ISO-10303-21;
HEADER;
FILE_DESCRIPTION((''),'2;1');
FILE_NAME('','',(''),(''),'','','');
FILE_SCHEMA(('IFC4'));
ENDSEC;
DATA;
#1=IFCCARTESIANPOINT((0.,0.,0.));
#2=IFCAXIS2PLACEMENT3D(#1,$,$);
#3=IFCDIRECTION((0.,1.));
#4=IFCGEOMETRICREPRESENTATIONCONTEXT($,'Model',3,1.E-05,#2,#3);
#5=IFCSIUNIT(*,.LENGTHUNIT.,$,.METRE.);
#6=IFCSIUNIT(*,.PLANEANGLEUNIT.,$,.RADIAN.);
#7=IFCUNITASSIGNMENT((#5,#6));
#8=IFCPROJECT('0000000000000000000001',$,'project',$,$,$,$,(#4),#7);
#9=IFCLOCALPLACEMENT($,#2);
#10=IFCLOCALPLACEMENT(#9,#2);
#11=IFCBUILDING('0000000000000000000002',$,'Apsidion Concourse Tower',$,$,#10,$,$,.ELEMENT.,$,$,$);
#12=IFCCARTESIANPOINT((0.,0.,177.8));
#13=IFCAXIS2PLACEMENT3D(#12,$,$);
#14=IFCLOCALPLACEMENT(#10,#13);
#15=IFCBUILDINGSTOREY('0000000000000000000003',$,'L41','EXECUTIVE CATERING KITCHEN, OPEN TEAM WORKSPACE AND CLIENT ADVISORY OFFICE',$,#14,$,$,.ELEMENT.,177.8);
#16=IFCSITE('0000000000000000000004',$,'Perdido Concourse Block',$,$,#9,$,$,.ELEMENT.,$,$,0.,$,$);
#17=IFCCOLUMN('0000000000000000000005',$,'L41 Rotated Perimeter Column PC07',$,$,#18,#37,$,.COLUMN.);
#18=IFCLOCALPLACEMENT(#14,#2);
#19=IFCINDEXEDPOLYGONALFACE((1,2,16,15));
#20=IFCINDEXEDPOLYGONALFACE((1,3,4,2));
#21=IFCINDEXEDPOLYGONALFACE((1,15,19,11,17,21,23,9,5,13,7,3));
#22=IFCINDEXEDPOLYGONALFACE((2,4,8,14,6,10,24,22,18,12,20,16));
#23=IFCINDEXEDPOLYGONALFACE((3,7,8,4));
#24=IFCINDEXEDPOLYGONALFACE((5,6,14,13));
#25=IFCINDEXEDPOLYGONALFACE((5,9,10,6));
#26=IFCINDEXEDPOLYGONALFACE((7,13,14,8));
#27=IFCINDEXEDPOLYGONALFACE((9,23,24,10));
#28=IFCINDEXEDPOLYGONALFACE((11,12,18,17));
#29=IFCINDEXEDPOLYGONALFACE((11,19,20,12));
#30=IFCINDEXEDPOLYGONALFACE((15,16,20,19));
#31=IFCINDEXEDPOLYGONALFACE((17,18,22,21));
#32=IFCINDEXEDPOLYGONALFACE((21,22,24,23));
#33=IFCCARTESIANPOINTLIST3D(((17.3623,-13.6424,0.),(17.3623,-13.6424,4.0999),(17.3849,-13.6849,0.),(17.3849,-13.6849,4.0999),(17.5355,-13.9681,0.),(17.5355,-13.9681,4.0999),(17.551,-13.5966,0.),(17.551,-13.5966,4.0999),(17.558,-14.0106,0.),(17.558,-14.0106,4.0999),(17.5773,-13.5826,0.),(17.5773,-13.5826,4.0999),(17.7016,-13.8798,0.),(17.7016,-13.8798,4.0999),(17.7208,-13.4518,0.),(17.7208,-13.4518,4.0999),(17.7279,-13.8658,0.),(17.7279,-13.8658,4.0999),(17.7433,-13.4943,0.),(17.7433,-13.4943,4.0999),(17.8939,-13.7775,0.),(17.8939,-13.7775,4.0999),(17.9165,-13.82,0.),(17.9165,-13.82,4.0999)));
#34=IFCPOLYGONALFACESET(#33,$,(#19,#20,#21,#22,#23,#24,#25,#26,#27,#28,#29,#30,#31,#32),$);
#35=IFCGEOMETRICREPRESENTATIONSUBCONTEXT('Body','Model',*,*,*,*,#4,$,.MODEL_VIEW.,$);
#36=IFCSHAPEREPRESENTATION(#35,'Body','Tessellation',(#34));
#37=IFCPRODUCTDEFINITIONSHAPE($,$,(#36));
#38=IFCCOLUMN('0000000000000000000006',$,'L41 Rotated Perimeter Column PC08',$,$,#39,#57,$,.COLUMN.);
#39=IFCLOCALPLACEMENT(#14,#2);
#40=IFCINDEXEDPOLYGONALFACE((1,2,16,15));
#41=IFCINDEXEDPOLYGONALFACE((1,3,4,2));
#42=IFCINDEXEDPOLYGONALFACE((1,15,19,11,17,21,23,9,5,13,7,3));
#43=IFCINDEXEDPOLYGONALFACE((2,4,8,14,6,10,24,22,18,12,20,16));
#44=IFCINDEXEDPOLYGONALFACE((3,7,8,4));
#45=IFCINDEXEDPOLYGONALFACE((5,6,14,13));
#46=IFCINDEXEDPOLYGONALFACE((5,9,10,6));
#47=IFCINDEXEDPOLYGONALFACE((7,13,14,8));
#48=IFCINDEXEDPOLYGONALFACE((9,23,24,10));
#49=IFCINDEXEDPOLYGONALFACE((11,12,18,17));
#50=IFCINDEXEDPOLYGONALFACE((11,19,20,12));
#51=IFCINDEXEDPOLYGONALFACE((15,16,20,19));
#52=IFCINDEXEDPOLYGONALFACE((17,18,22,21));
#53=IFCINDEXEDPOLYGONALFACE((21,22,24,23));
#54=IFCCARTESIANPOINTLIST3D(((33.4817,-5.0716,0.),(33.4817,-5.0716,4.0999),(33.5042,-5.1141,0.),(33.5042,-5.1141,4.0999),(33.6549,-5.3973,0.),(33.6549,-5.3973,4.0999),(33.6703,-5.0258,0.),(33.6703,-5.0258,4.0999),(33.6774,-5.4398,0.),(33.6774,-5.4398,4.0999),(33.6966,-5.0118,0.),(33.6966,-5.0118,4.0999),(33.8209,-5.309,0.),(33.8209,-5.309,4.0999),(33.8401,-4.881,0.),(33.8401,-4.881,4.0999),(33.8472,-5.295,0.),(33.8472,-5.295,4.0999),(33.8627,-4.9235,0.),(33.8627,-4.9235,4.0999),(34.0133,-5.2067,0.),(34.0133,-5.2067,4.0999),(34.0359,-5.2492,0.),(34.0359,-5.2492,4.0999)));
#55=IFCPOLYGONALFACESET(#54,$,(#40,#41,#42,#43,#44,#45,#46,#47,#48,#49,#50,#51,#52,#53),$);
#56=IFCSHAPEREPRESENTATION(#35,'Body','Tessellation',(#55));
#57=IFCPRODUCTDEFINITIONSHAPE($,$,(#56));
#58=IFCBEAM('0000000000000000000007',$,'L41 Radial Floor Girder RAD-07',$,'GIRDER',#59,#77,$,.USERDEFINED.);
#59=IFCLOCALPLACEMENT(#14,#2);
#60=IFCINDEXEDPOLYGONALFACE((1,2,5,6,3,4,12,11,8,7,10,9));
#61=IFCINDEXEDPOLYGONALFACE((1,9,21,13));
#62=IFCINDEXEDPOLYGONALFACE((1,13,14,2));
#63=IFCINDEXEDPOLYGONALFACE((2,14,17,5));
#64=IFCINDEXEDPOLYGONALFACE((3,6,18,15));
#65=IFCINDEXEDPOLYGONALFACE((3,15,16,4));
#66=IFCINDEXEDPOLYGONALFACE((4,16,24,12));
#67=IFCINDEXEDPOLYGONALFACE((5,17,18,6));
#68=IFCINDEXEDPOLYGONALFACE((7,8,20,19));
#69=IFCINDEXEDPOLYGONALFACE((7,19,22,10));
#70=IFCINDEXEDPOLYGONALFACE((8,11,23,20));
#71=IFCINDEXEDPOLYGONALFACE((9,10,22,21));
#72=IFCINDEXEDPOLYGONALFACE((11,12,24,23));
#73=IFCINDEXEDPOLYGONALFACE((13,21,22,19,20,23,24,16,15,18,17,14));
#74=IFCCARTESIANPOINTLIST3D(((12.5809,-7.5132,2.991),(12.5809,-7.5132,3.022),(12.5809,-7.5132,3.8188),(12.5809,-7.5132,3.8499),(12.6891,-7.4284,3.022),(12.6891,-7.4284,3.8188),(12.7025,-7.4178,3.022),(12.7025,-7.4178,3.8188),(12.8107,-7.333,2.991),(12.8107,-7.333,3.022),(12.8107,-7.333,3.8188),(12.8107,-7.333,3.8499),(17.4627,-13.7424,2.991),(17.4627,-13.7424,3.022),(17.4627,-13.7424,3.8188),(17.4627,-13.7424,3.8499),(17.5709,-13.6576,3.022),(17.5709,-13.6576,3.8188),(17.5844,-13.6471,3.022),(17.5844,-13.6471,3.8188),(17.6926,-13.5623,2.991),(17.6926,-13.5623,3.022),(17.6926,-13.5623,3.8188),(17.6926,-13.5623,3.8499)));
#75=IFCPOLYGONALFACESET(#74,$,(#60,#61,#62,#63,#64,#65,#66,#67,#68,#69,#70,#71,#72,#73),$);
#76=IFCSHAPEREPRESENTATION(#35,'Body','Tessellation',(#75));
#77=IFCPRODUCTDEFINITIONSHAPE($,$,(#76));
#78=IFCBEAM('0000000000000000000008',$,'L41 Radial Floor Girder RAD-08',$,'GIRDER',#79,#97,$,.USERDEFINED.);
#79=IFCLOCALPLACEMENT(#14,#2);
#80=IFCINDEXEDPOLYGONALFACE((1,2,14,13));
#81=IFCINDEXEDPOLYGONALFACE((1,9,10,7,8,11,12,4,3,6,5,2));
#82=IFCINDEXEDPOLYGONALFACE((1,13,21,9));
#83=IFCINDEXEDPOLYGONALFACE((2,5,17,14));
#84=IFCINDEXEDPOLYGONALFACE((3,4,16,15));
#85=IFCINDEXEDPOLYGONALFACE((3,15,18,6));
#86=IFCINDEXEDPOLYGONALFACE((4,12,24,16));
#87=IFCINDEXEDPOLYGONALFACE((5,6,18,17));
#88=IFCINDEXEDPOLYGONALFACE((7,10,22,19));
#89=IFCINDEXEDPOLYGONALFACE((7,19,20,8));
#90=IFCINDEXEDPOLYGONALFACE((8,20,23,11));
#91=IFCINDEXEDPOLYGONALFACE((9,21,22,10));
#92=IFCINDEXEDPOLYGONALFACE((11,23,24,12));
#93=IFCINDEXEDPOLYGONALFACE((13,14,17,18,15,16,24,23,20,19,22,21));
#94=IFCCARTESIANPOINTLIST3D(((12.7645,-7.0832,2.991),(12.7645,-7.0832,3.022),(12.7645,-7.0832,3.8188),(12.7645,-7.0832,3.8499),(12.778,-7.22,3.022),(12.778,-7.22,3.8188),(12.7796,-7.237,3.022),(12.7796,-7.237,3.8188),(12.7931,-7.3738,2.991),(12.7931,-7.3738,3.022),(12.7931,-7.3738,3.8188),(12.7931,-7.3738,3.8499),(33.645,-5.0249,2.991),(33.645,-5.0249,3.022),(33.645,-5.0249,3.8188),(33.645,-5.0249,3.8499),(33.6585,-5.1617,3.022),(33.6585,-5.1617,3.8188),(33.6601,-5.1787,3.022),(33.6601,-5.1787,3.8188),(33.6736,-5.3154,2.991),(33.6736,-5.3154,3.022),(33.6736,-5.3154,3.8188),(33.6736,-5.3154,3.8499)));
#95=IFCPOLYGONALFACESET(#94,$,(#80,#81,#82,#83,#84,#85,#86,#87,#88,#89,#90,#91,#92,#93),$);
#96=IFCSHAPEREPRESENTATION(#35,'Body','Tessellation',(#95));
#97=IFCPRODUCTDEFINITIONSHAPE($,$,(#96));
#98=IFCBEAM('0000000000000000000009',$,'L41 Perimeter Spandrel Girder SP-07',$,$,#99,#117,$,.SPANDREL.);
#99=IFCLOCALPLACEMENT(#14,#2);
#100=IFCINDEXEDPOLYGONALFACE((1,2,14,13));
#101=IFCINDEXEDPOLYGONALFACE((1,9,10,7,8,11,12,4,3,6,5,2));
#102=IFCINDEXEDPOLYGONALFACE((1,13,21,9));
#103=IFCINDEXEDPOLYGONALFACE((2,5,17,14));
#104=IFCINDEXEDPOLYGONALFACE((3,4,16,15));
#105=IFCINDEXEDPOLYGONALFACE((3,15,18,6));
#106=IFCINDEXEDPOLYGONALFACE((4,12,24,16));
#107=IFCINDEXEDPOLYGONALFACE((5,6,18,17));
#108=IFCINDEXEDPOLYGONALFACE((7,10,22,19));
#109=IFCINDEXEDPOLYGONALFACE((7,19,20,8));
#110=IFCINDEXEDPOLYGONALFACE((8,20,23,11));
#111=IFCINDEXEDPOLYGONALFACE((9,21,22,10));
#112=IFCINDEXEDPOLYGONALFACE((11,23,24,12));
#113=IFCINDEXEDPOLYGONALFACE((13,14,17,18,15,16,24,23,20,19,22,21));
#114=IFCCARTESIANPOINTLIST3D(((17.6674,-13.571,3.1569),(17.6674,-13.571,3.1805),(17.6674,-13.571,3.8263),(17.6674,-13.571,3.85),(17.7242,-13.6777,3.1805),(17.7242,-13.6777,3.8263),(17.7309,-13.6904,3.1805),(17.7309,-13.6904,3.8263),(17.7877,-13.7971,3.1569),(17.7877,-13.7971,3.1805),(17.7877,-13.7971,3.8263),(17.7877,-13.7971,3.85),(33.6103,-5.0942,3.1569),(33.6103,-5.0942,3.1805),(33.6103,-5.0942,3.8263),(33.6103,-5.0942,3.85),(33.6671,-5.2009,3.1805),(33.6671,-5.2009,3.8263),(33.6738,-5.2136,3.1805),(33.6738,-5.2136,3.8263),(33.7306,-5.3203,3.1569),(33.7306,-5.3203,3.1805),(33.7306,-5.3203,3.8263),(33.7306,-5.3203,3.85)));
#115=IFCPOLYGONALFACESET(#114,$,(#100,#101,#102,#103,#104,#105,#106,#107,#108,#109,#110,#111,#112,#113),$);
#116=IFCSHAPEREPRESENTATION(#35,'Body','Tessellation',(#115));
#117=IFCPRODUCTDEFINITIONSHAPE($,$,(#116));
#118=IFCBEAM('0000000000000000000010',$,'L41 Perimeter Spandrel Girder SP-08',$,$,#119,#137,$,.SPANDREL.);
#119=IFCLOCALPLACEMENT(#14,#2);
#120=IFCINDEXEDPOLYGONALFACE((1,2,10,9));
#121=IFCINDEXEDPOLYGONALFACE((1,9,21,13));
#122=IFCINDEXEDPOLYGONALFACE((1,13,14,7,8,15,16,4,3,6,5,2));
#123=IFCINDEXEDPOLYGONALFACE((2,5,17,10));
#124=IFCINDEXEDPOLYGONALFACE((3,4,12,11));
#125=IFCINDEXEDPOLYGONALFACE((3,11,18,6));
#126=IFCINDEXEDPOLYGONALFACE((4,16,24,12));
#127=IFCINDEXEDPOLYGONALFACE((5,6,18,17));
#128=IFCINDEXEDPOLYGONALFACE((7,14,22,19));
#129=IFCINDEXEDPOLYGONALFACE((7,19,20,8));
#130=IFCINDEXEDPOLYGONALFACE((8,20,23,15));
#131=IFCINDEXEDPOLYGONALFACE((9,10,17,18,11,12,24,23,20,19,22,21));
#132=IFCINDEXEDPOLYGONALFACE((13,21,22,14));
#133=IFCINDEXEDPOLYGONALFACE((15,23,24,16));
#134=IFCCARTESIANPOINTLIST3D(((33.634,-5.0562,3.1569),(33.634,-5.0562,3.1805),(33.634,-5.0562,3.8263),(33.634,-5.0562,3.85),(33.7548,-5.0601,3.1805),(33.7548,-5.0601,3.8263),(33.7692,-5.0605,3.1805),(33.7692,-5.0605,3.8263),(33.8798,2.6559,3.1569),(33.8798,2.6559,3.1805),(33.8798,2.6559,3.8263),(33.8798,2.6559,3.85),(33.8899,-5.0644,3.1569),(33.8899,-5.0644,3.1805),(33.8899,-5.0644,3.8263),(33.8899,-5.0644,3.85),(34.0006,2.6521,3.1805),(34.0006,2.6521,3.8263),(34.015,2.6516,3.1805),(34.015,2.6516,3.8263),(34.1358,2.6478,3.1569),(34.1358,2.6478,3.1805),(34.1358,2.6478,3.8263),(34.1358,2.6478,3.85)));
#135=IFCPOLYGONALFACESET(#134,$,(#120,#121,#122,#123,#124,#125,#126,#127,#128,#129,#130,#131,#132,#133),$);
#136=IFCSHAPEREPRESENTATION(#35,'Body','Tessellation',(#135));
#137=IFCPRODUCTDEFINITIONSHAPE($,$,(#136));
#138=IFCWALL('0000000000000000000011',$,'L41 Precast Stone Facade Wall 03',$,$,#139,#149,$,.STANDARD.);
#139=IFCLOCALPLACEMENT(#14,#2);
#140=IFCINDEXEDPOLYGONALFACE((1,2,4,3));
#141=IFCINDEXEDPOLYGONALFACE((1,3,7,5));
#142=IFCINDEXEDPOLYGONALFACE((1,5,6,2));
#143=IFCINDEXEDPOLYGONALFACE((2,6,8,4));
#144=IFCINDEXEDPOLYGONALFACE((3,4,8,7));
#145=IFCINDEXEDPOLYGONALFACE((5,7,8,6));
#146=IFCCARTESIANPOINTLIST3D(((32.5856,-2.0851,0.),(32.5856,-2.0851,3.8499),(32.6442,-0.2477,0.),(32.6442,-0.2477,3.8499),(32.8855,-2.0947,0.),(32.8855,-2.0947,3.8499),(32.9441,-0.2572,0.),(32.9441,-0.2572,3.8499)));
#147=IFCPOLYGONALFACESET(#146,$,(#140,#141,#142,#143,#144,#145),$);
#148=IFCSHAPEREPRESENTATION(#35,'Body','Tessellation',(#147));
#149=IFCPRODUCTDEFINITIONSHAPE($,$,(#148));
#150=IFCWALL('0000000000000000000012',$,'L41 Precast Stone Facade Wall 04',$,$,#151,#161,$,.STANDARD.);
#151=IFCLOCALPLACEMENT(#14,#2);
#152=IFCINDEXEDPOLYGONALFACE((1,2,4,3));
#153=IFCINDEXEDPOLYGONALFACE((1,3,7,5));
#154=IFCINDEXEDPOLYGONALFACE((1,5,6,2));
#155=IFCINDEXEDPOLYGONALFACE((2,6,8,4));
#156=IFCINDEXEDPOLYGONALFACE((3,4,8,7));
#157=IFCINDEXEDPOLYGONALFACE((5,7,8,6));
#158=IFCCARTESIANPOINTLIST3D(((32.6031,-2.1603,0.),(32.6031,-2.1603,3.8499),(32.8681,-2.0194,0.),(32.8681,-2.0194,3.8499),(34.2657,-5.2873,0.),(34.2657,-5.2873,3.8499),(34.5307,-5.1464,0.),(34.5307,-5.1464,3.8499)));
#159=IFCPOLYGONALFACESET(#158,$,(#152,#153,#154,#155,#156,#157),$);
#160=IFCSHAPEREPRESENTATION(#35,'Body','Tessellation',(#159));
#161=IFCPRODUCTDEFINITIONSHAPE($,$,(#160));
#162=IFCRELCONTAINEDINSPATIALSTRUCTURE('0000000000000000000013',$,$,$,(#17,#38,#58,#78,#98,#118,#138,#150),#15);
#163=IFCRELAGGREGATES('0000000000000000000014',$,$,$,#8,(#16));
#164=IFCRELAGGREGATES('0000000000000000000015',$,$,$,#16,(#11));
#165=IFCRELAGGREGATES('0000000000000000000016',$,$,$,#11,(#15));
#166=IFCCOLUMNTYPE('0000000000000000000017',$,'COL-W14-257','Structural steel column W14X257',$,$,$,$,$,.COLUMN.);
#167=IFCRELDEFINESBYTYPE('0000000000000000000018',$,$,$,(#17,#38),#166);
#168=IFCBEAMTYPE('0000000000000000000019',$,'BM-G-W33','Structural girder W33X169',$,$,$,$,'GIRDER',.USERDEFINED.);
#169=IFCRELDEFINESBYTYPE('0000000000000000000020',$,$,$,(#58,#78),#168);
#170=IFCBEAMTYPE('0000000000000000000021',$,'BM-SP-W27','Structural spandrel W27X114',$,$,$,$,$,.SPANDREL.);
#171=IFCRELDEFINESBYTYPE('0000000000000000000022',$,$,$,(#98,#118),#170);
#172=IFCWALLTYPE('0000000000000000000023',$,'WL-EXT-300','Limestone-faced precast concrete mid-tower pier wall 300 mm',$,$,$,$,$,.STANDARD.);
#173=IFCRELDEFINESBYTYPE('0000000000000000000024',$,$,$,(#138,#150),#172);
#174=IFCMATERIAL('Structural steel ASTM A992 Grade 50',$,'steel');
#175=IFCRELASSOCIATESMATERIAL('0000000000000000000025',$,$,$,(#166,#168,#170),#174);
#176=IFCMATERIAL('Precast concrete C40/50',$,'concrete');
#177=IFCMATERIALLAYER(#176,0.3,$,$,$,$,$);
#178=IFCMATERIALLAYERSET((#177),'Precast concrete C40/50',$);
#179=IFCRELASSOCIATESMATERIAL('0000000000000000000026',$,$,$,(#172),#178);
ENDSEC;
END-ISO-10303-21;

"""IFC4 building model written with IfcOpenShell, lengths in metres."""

from ifc_helpers import new_model, si_unit, direction, frame, frame_2d, origin, origin_2d, place, context, subcontext, project, spatial, rectangle, i_section, extrude, material, layer, layer_set, material_profile, profile_set, type_object, element, save


model = new_model("IFC4")

# Units and contexts
model_context = context("Model", 3, precision=1e-05, world=origin(), true_north=direction((0.0, 1.0)))
body_context = subcontext(model_context, "Body", "Model", "MODEL_VIEW")
ifc_project = project(units=[si_unit("LENGTHUNIT", "METRE"), si_unit("PLANEANGLEUNIT", "RADIAN")], contexts=[model_context])

# Site, building, storey
site_placement = place(None, origin())
site = spatial("IfcSite", under=ifc_project, at=site_placement, Name="Perdido Concourse Block", CompositionType="ELEMENT", RefElevation=0.0)
building_placement = place(site_placement, origin())
building = spatial("IfcBuilding", under=site, at=building_placement, Name="Apsidion Concourse Tower", CompositionType="ELEMENT")
storey_placement = place(building_placement, frame((0.0, 0.0, 177.8)))
storey = spatial("IfcBuildingStorey", under=building, at=storey_placement, Name="L41", Description="EXECUTIVE CATERING KITCHEN, OPEN TEAM WORKSPACE AND CLIENT ADVISORY OFFICE", CompositionType="ELEMENT", Elevation=177.8)

# Columns
ifc_material_1 = material(Name="Structural steel ASTM A992 Grade 50", Category="steel")
ifc_material_profile_1 = material_profile(ifc_material_1, i_section(OverallWidth=0.406, OverallDepth=0.417, WebThickness=0.0298, FlangeThickness=0.0481, at=origin_2d()), Name="W14X257")
ifc_profile_set_1 = profile_set([ifc_material_profile_1], Name="Structural steel ASTM A992 Grade 50")
column_type = type_object("IfcColumnType", Name="COL-W14-257", Description="Structural steel column W14X257", PredefinedType="COLUMN", material=ifc_profile_set_1)
for number, where, z_axis, x_axis, name in (
    (1, (17.6394, -13.7312, 0.0), (0.0, 0.0, 1.0), (0.882948, 0.469472, 0.0), "L41 Rotated Perimeter Column PC07"),
    (2, (33.7588, -5.1604, 0.0), (0.0, 0.0, 1.0), (0.882948, 0.469472, 0.0), "L41 Rotated Perimeter Column PC08"),
):
    element("IfcColumn", number, at=place(storey_placement, frame(where, z_axis=z_axis, x_axis=x_axis)), inside=storey, type_object=column_type, Name=name, PredefinedType="COLUMN", context=body_context, shape_type="SweptSolid", body=[
        extrude(i_section(OverallWidth=0.406, OverallDepth=0.417, WebThickness=0.0298, FlangeThickness=0.0481, at=origin_2d()), origin(), (0.0, 0.0, 1.0), 4.0999),
    ])

# Beams
ifc_material_profile_2 = material_profile(ifc_material_1, i_section(OverallWidth=0.292, OverallDepth=0.8589, WebThickness=0.0171, FlangeThickness=0.031, at=origin_2d()), Name="W33X169")
ifc_profile_set_2 = profile_set([ifc_material_profile_2], Name="Structural steel ASTM A992 Grade 50")
beam_type_1 = type_object("IfcBeamType", Name="BM-G-W33", Description="Structural girder W33X169", ElementType="GIRDER", PredefinedType="USERDEFINED", material=ifc_profile_set_2)
beam_1_placement = place(storey_placement, frame((12.6958, -7.4231, 3.4204), z_axis=(0.616839, -0.78709, 0.0), x_axis=(0.78709, 0.616839, 0.0)))
element("IfcBeam", 3, at=beam_1_placement, inside=storey, type_object=beam_type_1, Name="L41 Radial Floor Girder RAD-07", ObjectType="GIRDER", PredefinedType="USERDEFINED", context=body_context, shape_type="SweptSolid", body=[
    extrude(i_section(OverallWidth=0.292, OverallDepth=0.8589, WebThickness=0.0171, FlangeThickness=0.031, at=origin_2d()), origin(), (0.0, 0.0, 1.0), 7.9143),
])
beam_2_placement = place(storey_placement, frame((12.7788, -7.2285, 3.4204), z_axis=(0.995176, 0.098103, 0.0), x_axis=(-0.098103, 0.995176, 0.0)))
element("IfcBeam", 4, at=beam_2_placement, inside=storey, type_object=beam_type_1, Name="L41 Radial Floor Girder RAD-08", ObjectType="GIRDER", PredefinedType="USERDEFINED", context=body_context, shape_type="SweptSolid", body=[
    extrude(i_section(OverallWidth=0.292, OverallDepth=0.8589, WebThickness=0.0171, FlangeThickness=0.031, at=origin_2d()), origin(), (0.0, 0.0, 1.0), 20.9817),
])
ifc_material_profile_3 = material_profile(ifc_material_1, i_section(OverallWidth=0.2561, OverallDepth=0.6931, WebThickness=0.0144, FlangeThickness=0.0237, at=origin_2d()), Name="W27X114")
ifc_profile_set_3 = profile_set([ifc_material_profile_3], Name="Structural steel ASTM A992 Grade 50")
beam_type_2 = type_object("IfcBeamType", Name="BM-SP-W27", Description="Structural spandrel W27X114", PredefinedType="SPANDREL", material=ifc_profile_set_3)
beam_3_placement = place(storey_placement, frame((17.7275, -13.6841, 3.5034), z_axis=(0.882951, 0.469464, 0.0), x_axis=(-0.469464, 0.882951, 0.0)))
element("IfcBeam", 5, at=beam_3_placement, inside=storey, type_object=beam_type_2, Name="L41 Perimeter Spandrel Girder SP-07", PredefinedType="SPANDREL", context=body_context, shape_type="SweptSolid", body=[
    extrude(i_section(OverallWidth=0.2561, OverallDepth=0.6931, WebThickness=0.0144, FlangeThickness=0.0237, at=origin_2d()), origin(), (0.0, 0.0, 1.0), 18.0564),
])
beam_4_placement = place(storey_placement, frame((33.762, -5.0603, 3.5034), z_axis=(0.031862, 0.999492, 0.0), x_axis=(-0.999492, 0.031862, 0.0)))
element("IfcBeam", 6, at=beam_4_placement, inside=storey, type_object=beam_type_2, Name="L41 Perimeter Spandrel Girder SP-08", PredefinedType="SPANDREL", context=body_context, shape_type="SweptSolid", body=[
    extrude(i_section(OverallWidth=0.2561, OverallDepth=0.6931, WebThickness=0.0144, FlangeThickness=0.0237, at=origin_2d()), origin(), (0.0, 0.0, 1.0), 7.7161),
])

# Walls
ifc_material_2 = material(Name="Precast concrete C40/50", Category="concrete")
ifc_layer_1 = layer(ifc_material_2, 0.3)
ifc_layer_set_1 = layer_set([ifc_layer_1], Name="Precast concrete C40/50")
wall_type_1 = type_object("IfcWallType", Name="WL-EXT-300", Description="Limestone-faced precast concrete mid-tower pier wall 300 mm", PredefinedType="STANDARD", material=ifc_layer_set_1)
wall_1_placement = place(storey_placement, frame((32.7942, -0.2524, 0.0), z_axis=(0.0, 0.0, 1.0), x_axis=(-0.031873, -0.999492, 0.0)))
element("IfcWall", 7, at=wall_1_placement, inside=storey, type_object=wall_type_1, Name="L41 Precast Stone Facade Wall 03", PredefinedType="STANDARD", context=body_context, shape_type="SweptSolid", body=[
    extrude(rectangle(XDim=1.8384, YDim=0.3, at=frame_2d((0.9192, 0.0))), origin(), (0.0, 0.0, 1.0), 3.8499),
])
wall_2_placement = place(storey_placement, frame((32.7356, -2.0898, 0.0), z_axis=(0.0, 0.0, 1.0), x_axis=(0.469464, -0.882951, 0.0)))
element("IfcWall", 8, at=wall_2_placement, inside=storey, type_object=wall_type_1, Name="L41 Precast Stone Facade Wall 04", PredefinedType="STANDARD", context=body_context, shape_type="SweptSolid", body=[
    extrude(rectangle(XDim=3.5415, YDim=0.3, at=frame_2d((1.7708, 0.0))), origin(), (0.0, 0.0, 1.0), 3.8499),
])

save(model, "model.ifc")
